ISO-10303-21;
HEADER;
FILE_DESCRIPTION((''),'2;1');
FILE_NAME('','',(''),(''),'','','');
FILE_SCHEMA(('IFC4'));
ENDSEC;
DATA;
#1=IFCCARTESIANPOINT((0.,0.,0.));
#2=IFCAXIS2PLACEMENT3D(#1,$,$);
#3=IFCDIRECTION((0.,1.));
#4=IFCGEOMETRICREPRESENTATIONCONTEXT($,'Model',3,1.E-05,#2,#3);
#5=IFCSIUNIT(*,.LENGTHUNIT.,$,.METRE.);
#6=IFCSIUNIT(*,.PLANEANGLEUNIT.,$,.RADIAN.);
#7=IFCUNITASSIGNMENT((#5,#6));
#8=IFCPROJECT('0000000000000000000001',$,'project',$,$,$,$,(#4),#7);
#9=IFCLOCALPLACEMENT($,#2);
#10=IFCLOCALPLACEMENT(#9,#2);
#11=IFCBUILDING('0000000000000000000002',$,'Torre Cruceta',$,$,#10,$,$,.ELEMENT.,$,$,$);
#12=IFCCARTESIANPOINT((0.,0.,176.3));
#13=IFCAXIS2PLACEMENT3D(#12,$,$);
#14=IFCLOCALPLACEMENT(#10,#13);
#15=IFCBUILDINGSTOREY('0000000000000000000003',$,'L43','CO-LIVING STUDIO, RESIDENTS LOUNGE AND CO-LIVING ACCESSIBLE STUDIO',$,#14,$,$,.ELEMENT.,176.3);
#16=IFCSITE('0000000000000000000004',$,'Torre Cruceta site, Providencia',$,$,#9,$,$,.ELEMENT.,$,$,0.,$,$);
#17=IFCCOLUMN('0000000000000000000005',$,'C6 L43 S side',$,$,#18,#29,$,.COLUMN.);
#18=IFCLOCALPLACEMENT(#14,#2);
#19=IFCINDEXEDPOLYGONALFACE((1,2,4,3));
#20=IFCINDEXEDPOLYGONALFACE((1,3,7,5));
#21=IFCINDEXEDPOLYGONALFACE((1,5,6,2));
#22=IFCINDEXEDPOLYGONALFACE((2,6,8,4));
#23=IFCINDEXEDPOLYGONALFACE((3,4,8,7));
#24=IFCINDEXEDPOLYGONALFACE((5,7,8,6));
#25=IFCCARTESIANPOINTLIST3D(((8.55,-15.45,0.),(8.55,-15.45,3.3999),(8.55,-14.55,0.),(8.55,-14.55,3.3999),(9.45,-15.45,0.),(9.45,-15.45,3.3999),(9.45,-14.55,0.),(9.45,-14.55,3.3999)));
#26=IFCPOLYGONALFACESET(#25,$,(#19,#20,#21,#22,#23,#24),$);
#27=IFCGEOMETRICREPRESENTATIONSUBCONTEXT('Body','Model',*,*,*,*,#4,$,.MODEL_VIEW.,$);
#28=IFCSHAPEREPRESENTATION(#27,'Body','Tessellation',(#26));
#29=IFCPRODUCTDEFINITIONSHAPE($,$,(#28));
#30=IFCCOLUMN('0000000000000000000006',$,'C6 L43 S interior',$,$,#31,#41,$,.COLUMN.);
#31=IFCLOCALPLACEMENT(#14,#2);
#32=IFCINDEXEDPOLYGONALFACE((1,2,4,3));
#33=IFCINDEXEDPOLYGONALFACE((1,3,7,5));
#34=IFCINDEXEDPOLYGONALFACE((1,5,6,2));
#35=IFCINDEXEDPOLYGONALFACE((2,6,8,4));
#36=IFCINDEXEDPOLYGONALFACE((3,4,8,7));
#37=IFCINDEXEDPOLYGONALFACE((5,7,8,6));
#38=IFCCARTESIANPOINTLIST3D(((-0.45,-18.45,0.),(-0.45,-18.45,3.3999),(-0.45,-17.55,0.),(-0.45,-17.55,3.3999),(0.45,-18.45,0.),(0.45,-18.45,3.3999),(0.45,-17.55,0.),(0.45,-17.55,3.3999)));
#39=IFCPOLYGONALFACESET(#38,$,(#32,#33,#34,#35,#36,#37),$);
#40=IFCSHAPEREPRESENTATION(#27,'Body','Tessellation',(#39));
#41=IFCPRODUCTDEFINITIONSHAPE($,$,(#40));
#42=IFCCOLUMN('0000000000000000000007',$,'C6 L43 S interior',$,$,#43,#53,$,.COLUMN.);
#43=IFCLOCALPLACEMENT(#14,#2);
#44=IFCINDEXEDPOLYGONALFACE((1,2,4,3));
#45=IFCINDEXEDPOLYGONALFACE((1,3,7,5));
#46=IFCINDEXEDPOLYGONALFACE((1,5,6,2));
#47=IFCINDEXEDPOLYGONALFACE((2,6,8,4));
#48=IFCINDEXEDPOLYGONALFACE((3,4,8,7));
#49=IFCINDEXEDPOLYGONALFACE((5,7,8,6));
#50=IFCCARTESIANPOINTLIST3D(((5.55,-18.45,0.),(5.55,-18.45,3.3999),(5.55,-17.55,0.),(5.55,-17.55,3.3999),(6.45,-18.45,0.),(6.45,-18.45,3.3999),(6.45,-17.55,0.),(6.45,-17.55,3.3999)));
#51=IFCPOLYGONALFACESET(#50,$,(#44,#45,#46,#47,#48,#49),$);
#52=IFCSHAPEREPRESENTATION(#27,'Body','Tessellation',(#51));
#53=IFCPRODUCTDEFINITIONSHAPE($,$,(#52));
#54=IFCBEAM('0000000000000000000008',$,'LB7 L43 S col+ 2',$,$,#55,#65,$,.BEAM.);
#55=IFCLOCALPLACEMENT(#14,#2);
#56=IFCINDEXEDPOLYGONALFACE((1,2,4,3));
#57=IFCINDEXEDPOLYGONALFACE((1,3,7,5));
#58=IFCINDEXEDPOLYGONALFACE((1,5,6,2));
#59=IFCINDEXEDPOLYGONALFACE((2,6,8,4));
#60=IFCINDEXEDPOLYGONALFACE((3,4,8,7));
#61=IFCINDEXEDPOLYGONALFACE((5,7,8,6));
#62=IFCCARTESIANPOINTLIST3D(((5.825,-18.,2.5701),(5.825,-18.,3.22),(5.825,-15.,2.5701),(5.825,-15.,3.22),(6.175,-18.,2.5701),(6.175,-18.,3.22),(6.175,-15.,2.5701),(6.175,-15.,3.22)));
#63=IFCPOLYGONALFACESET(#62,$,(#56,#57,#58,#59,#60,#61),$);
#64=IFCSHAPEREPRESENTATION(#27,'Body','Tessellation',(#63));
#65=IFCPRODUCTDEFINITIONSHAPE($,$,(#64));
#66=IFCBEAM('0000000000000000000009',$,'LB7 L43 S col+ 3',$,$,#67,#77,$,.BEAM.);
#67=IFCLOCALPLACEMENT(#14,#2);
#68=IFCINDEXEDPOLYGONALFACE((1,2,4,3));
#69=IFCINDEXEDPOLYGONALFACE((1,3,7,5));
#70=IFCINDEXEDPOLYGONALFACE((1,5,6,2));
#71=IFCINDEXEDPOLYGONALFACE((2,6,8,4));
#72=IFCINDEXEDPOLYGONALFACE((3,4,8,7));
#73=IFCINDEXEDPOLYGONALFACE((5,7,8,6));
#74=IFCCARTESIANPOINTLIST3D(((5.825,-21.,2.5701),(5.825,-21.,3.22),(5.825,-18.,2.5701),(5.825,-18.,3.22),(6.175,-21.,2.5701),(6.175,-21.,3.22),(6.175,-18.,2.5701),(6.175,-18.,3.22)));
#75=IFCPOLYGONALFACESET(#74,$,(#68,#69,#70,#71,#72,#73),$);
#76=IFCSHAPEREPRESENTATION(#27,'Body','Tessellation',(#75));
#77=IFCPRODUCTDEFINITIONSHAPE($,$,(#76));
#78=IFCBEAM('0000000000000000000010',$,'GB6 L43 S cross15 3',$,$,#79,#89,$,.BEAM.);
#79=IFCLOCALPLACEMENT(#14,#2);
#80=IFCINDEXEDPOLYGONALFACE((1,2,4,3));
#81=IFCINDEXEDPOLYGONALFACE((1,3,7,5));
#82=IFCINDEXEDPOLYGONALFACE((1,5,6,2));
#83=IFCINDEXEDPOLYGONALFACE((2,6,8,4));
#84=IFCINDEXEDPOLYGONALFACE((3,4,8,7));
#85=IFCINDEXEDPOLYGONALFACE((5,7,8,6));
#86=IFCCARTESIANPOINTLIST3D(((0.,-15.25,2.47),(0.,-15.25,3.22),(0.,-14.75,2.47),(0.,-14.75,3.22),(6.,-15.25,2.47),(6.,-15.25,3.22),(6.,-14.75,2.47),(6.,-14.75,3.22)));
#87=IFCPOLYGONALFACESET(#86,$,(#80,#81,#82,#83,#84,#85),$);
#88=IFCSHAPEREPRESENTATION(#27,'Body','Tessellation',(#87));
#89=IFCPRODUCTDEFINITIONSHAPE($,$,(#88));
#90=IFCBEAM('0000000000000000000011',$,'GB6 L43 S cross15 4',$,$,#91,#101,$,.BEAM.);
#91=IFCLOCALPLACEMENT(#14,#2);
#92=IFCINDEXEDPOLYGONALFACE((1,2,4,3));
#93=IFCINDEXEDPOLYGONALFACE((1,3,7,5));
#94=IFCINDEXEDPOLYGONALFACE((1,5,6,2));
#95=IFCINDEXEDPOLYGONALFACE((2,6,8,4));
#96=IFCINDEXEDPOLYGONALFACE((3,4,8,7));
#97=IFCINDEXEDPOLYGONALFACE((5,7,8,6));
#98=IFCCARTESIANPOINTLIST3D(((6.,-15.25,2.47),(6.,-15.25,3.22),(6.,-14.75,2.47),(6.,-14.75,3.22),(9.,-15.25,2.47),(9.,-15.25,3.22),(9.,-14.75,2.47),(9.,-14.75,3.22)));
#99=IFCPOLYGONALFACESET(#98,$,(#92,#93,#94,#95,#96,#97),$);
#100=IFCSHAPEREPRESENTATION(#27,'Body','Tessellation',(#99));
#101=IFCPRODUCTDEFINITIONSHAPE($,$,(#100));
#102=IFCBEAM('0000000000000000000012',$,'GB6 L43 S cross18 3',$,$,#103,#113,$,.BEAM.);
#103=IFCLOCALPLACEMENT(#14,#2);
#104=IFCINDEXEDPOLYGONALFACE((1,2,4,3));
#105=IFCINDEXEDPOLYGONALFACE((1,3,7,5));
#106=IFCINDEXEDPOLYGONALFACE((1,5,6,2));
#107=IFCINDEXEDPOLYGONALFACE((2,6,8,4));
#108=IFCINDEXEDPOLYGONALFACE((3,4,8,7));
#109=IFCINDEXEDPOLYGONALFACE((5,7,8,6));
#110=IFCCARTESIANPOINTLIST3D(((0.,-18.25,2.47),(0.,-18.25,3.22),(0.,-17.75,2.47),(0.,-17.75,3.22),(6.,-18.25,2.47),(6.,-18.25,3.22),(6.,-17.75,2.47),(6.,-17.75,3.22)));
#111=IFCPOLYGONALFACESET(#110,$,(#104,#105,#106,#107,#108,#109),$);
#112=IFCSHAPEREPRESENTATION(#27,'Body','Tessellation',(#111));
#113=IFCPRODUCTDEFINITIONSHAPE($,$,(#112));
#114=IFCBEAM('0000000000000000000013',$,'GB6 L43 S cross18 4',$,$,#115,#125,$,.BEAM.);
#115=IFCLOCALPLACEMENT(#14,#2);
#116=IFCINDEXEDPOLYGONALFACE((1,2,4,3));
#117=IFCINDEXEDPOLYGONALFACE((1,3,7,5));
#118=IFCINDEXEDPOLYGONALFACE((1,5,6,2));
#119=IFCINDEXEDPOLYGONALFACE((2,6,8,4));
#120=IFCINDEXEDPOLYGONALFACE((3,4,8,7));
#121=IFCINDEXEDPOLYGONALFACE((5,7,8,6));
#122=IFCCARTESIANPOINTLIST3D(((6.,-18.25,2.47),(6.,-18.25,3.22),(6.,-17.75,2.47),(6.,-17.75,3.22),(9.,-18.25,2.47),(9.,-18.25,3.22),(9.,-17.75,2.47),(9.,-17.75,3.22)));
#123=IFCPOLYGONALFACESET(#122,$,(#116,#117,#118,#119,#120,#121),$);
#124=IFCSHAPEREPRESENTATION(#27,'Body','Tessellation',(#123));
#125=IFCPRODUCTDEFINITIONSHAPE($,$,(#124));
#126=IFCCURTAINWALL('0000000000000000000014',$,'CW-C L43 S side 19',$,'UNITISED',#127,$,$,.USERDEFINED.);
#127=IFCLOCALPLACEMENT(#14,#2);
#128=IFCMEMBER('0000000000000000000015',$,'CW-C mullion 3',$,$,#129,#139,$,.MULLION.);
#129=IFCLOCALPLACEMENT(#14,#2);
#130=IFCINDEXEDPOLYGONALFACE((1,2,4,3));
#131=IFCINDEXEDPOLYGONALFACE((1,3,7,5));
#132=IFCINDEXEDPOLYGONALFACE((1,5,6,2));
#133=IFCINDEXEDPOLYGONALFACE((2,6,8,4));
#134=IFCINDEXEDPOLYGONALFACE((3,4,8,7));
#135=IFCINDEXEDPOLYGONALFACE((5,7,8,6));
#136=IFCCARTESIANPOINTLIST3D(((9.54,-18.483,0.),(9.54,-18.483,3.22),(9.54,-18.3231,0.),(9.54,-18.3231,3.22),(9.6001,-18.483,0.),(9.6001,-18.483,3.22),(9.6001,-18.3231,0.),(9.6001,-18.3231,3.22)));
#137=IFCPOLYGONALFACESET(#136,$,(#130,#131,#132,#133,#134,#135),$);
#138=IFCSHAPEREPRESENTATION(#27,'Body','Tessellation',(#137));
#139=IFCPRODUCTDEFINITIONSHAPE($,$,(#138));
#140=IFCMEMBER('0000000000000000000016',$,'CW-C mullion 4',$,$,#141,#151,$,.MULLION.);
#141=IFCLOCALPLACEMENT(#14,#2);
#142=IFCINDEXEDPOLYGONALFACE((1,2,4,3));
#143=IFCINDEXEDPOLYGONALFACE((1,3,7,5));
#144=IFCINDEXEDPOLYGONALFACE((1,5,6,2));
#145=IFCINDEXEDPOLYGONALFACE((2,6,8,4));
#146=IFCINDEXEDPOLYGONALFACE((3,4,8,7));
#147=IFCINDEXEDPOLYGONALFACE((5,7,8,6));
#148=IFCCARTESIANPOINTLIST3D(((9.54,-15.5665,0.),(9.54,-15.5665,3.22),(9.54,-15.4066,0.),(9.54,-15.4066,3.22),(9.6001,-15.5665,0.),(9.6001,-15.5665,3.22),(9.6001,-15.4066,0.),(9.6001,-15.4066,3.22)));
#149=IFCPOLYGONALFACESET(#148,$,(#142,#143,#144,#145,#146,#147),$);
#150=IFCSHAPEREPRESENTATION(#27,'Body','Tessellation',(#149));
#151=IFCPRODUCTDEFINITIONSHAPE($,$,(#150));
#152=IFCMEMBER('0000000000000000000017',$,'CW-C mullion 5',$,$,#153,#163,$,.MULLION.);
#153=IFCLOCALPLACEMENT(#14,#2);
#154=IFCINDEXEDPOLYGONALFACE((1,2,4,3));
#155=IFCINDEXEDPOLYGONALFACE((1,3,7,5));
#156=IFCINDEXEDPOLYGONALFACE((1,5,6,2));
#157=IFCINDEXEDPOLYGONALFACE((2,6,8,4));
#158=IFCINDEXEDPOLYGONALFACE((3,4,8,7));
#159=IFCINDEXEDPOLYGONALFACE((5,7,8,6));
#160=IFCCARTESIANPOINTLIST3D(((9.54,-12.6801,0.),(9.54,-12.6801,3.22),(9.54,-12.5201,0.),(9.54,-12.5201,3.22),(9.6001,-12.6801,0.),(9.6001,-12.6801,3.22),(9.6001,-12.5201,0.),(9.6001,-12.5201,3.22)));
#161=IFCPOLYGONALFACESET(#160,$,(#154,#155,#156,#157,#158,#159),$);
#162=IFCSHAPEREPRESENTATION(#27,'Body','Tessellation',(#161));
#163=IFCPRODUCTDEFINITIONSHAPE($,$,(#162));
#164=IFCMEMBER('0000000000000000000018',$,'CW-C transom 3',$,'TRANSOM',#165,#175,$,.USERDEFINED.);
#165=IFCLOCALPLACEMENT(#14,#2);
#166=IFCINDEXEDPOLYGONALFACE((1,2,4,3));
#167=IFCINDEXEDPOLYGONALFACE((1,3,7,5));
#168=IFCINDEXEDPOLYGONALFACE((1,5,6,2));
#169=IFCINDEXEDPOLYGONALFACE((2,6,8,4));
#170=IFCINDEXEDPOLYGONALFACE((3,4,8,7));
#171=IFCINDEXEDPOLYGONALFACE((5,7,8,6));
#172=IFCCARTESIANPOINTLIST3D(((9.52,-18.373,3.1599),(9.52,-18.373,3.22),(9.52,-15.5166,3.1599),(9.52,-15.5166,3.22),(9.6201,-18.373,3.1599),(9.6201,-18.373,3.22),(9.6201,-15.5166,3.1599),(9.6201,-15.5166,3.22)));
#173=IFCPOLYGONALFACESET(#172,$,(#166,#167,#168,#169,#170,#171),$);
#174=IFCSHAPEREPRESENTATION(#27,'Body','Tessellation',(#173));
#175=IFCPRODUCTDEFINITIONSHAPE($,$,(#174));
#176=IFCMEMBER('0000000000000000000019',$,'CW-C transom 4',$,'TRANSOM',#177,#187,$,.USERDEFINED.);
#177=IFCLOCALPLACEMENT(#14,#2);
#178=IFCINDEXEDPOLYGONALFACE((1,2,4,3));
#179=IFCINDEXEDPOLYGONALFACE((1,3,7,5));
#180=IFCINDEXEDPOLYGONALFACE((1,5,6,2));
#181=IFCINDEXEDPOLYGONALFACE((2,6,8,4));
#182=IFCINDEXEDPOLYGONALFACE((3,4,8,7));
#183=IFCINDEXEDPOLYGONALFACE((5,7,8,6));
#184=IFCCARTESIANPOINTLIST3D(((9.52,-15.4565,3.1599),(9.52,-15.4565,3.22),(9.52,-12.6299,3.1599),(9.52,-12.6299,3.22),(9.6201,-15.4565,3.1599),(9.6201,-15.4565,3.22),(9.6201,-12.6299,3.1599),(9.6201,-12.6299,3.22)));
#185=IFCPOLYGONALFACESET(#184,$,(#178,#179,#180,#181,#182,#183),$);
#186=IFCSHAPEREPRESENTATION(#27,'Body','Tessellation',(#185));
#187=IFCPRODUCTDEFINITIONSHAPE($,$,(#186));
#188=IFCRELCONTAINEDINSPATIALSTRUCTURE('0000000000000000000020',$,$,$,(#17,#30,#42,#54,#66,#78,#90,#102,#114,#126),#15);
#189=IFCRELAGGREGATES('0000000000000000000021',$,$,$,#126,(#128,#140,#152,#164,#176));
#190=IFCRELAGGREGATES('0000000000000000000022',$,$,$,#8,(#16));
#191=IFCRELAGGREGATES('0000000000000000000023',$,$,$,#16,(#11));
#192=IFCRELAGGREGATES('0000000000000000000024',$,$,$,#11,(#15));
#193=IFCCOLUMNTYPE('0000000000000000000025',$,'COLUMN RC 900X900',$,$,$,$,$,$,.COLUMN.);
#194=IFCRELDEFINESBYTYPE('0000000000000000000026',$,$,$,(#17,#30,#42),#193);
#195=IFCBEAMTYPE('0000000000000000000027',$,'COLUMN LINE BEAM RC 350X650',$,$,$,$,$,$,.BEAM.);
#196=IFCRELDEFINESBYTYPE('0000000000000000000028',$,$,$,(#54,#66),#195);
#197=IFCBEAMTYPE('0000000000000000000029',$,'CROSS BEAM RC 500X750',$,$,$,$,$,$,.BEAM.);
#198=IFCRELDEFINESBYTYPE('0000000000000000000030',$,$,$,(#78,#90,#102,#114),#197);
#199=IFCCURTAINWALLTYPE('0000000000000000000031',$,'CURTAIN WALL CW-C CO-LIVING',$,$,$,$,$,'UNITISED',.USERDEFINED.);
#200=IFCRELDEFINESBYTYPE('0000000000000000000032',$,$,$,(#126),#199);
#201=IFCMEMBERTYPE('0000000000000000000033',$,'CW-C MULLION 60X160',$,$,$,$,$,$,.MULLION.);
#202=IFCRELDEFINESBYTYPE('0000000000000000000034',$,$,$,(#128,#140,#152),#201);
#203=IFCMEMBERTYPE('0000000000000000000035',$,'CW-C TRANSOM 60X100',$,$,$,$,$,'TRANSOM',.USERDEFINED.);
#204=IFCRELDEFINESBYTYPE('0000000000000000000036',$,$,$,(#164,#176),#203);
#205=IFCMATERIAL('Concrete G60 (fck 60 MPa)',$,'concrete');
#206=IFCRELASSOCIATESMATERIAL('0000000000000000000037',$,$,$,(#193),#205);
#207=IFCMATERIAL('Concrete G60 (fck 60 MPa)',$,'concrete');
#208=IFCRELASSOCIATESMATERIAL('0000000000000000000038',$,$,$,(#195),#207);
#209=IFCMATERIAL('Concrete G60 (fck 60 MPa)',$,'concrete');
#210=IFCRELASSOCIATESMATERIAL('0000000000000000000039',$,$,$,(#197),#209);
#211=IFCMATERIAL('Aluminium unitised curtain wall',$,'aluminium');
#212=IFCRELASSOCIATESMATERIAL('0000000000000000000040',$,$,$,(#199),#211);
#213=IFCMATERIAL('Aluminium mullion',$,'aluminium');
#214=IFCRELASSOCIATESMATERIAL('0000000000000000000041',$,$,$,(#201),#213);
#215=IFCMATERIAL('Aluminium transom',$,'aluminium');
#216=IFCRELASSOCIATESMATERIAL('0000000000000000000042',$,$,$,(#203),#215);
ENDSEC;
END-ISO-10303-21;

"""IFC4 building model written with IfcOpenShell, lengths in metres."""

from ifc_helpers import new_model, si_unit, direction, frame, origin, origin_2d, place, context, subcontext, project, spatial, rectangle, extrude, material, material_profile, profile_set, type_object, element, aggregate, save


model = new_model("IFC4")

# Units and contexts
model_context = context("Model", 3, precision=1e-05, world=origin(), true_north=direction((0.0, 1.0)))
body_context = subcontext(model_context, "Body", "Model", "MODEL_VIEW")
ifc_project = project(units=[si_unit("LENGTHUNIT", "METRE"), si_unit("PLANEANGLEUNIT", "RADIAN")], contexts=[model_context])

# Site, building, storey
site_placement = place(None, origin())
site = spatial("IfcSite", under=ifc_project, at=site_placement, Name="Torre Cruceta site, Providencia", CompositionType="ELEMENT", RefElevation=0.0)
building_placement = place(site_placement, origin())
building = spatial("IfcBuilding", under=site, at=building_placement, Name="Torre Cruceta", CompositionType="ELEMENT")
storey_placement = place(building_placement, frame((0.0, 0.0, 176.3)))
storey = spatial("IfcBuildingStorey", under=building, at=storey_placement, Name="L43", Description="CO-LIVING STUDIO, RESIDENTS LOUNGE AND CO-LIVING ACCESSIBLE STUDIO", CompositionType="ELEMENT", Elevation=176.3)

# Columns
ifc_material_1 = material(Name="Concrete G60 (fck 60 MPa)", Category="concrete")
ifc_material_profile_1 = material_profile(ifc_material_1, rectangle(XDim=0.8999, YDim=0.8999, at=origin_2d()), Name="RC 900X900")
ifc_profile_set_1 = profile_set([ifc_material_profile_1], Name="Concrete G60 (fck 60 MPa)")
column_type = type_object("IfcColumnType", Name="COLUMN RC 900X900", PredefinedType="COLUMN", material=ifc_profile_set_1)
for number, where, z_axis, x_axis, name in (
    (1, (9.0, -15.0, 0.0), (0.0, 0.0, 1.0), (1.0, 0.0, 0.0), "C6 L43 S side"),
    (2, (0.0, -18.0, 0.0), (0.0, 0.0, 1.0), (1.0, 0.0, 0.0), "C6 L43 S interior"),
    (3, (6.0, -18.0, 0.0), (0.0, 0.0, 1.0), (1.0, 0.0, 0.0), "C6 L43 S interior"),
):
    element("IfcColumn", number, at=place(storey_placement, frame(where, z_axis=z_axis, x_axis=x_axis)), inside=storey, type_object=column_type, Name=name, PredefinedType="COLUMN", context=body_context, shape_type="SweptSolid", body=[
        extrude(rectangle(XDim=0.8999, YDim=0.8999, at=origin_2d()), origin(), (0.0, 0.0, 1.0), 3.3999),
    ])

# Beams
ifc_material_2 = material(Name="Concrete G60 (fck 60 MPa)", Category="concrete")
ifc_material_profile_2 = material_profile(ifc_material_2, rectangle(XDim=0.3501, YDim=0.6499, at=origin_2d()), Name="RC 350X650")
ifc_profile_set_2 = profile_set([ifc_material_profile_2], Name="Concrete G60 (fck 60 MPa)")
beam_type_1 = type_object("IfcBeamType", Name="COLUMN LINE BEAM RC 350X650", PredefinedType="BEAM", material=ifc_profile_set_2)
for number, where, z_axis, x_axis, name in (
    (4, (6.0, -15.0, 2.895), (0.0, -1.0, 0.0), (1.0, 0.0, 0.0), "LB7 L43 S col+ 2"),
    (5, (6.0, -18.0, 2.895), (0.0, -1.0, 0.0), (1.0, 0.0, 0.0), "LB7 L43 S col+ 3"),
):
    element("IfcBeam", number, at=place(storey_placement, frame(where, z_axis=z_axis, x_axis=x_axis)), inside=storey, type_object=beam_type_1, Name=name, PredefinedType="BEAM", context=body_context, shape_type="SweptSolid", body=[
        extrude(rectangle(XDim=0.3501, YDim=0.6499, at=origin_2d()), origin(), (0.0, 0.0, 1.0), 3.0),
    ])
ifc_material_3 = material(Name="Concrete G60 (fck 60 MPa)", Category="concrete")
ifc_material_profile_3 = material_profile(ifc_material_3, rectangle(XDim=0.5, YDim=0.75, at=origin_2d()), Name="RC 500X750")
ifc_profile_set_3 = profile_set([ifc_material_profile_3], Name="Concrete G60 (fck 60 MPa)")
beam_type_2 = type_object("IfcBeamType", Name="CROSS BEAM RC 500X750", PredefinedType="BEAM", material=ifc_profile_set_3)
beam_1_placement = place(storey_placement, frame((0.0, -15.0, 2.845), z_axis=(1.0, 0.0, 0.0), x_axis=(0.0, 1.0, 0.0)))
element("IfcBeam", 6, at=beam_1_placement, inside=storey, type_object=beam_type_2, Name="GB6 L43 S cross15 3", PredefinedType="BEAM", context=body_context, shape_type="SweptSolid", body=[
    extrude(rectangle(XDim=0.5, YDim=0.75, at=origin_2d()), origin(), (0.0, 0.0, 1.0), 6.0),
])
beam_2_placement = place(storey_placement, frame((6.0, -15.0, 2.845), z_axis=(1.0, 0.0, 0.0), x_axis=(0.0, 1.0, 0.0)))
element("IfcBeam", 7, at=beam_2_placement, inside=storey, type_object=beam_type_2, Name="GB6 L43 S cross15 4", PredefinedType="BEAM", context=body_context, shape_type="SweptSolid", body=[
    extrude(rectangle(XDim=0.5, YDim=0.75, at=origin_2d()), origin(), (0.0, 0.0, 1.0), 3.0),
])
beam_3_placement = place(storey_placement, frame((0.0, -18.0, 2.845), z_axis=(1.0, 0.0, 0.0), x_axis=(0.0, 1.0, 0.0)))
element("IfcBeam", 8, at=beam_3_placement, inside=storey, type_object=beam_type_2, Name="GB6 L43 S cross18 3", PredefinedType="BEAM", context=body_context, shape_type="SweptSolid", body=[
    extrude(rectangle(XDim=0.5, YDim=0.75, at=origin_2d()), origin(), (0.0, 0.0, 1.0), 6.0),
])
beam_4_placement = place(storey_placement, frame((6.0, -18.0, 2.845), z_axis=(1.0, 0.0, 0.0), x_axis=(0.0, 1.0, 0.0)))
element("IfcBeam", 9, at=beam_4_placement, inside=storey, type_object=beam_type_2, Name="GB6 L43 S cross18 4", PredefinedType="BEAM", context=body_context, shape_type="SweptSolid", body=[
    extrude(rectangle(XDim=0.5, YDim=0.75, at=origin_2d()), origin(), (0.0, 0.0, 1.0), 3.0),
])

# Curtain wall, members
ifc_material_4 = material(Name="Aluminium unitised curtain wall", Category="aluminium")
curtain_wall_type = type_object("IfcCurtainWallType", Name="CURTAIN WALL CW-C CO-LIVING", ElementType="UNITISED", PredefinedType="USERDEFINED", material=ifc_material_4)
curtain_wall_placement = place(storey_placement, origin())
curtain_wall = element("IfcCurtainWall", 10, at=curtain_wall_placement, inside=storey, type_object=curtain_wall_type, Name="CW-C L43 S side 19", ObjectType="UNITISED", PredefinedType="USERDEFINED")
ifc_material_5 = material(Name="Aluminium mullion", Category="aluminium")
ifc_material_profile_4 = material_profile(ifc_material_5, rectangle(XDim=0.0601, YDim=0.1599, at=origin_2d()), Name="AL 60X160")
ifc_profile_set_4 = profile_set([ifc_material_profile_4], Name="Aluminium mullion")
member_type_1 = type_object("IfcMemberType", Name="CW-C MULLION 60X160", PredefinedType="MULLION", material=ifc_profile_set_4)
member_1_placement = place(storey_placement, frame((9.5701, -18.4031, 0.0), z_axis=(0.0, 0.0, 1.0), x_axis=(-1.0, 0.0, 0.0)))
member_1 = element("IfcMember", 11, at=member_1_placement, type_object=member_type_1, Name="CW-C mullion 3", PredefinedType="MULLION", context=body_context, shape_type="SweptSolid", body=[
    extrude(rectangle(XDim=0.0601, YDim=0.1599, at=origin_2d()), origin(), (0.0, 0.0, 1.0), 3.22),
])
member_2_placement = place(storey_placement, frame((9.5701, -15.4866, 0.0), z_axis=(0.0, 0.0, 1.0), x_axis=(-1.0, 0.0, 0.0)))
member_2 = element("IfcMember", 12, at=member_2_placement, type_object=member_type_1, Name="CW-C mullion 4", PredefinedType="MULLION", context=body_context, shape_type="SweptSolid", body=[
    extrude(rectangle(XDim=0.0601, YDim=0.1599, at=origin_2d()), origin(), (0.0, 0.0, 1.0), 3.22),
])
member_3_placement = place(storey_placement, frame((9.5701, -12.6001, 0.0), z_axis=(0.0, 0.0, 1.0), x_axis=(-1.0, 0.0, 0.0)))
member_3 = element("IfcMember", 13, at=member_3_placement, type_object=member_type_1, Name="CW-C mullion 5", PredefinedType="MULLION", context=body_context, shape_type="SweptSolid", body=[
    extrude(rectangle(XDim=0.0601, YDim=0.1599, at=origin_2d()), origin(), (0.0, 0.0, 1.0), 3.22),
])
ifc_material_6 = material(Name="Aluminium transom", Category="aluminium")
ifc_material_profile_5 = material_profile(ifc_material_6, rectangle(XDim=0.1001, YDim=0.0601, at=origin_2d()), Name="AL 100X60")
ifc_profile_set_5 = profile_set([ifc_material_profile_5], Name="Aluminium transom")
member_type_2 = type_object("IfcMemberType", Name="CW-C TRANSOM 60X100", ElementType="TRANSOM", PredefinedType="USERDEFINED", material=ifc_profile_set_5)
member_4_placement = place(storey_placement, frame((9.5701, -18.373, 3.1899), z_axis=(0.0, 1.0, 0.0), x_axis=(-1.0, 0.0, 0.0)))
member_4 = element("IfcMember", 14, at=member_4_placement, type_object=member_type_2, Name="CW-C transom 3", ObjectType="TRANSOM", PredefinedType="USERDEFINED", context=body_context, shape_type="SweptSolid", body=[
    extrude(rectangle(XDim=0.1001, YDim=0.0601, at=origin_2d()), origin(), (0.0, 0.0, 1.0), 2.8564),
])
member_5_placement = place(storey_placement, frame((9.5701, -15.4565, 3.1899), z_axis=(0.0, 1.0, 0.0), x_axis=(-1.0, 0.0, 0.0)))
member_5 = element("IfcMember", 15, at=member_5_placement, type_object=member_type_2, Name="CW-C transom 4", ObjectType="TRANSOM", PredefinedType="USERDEFINED", context=body_context, shape_type="SweptSolid", body=[
    extrude(rectangle(XDim=0.1001, YDim=0.0601, at=origin_2d()), origin(), (0.0, 0.0, 1.0), 2.8267),
])

aggregate(curtain_wall, [member_1, member_2, member_3, member_4, member_5])

save(model, "model.ifc")
